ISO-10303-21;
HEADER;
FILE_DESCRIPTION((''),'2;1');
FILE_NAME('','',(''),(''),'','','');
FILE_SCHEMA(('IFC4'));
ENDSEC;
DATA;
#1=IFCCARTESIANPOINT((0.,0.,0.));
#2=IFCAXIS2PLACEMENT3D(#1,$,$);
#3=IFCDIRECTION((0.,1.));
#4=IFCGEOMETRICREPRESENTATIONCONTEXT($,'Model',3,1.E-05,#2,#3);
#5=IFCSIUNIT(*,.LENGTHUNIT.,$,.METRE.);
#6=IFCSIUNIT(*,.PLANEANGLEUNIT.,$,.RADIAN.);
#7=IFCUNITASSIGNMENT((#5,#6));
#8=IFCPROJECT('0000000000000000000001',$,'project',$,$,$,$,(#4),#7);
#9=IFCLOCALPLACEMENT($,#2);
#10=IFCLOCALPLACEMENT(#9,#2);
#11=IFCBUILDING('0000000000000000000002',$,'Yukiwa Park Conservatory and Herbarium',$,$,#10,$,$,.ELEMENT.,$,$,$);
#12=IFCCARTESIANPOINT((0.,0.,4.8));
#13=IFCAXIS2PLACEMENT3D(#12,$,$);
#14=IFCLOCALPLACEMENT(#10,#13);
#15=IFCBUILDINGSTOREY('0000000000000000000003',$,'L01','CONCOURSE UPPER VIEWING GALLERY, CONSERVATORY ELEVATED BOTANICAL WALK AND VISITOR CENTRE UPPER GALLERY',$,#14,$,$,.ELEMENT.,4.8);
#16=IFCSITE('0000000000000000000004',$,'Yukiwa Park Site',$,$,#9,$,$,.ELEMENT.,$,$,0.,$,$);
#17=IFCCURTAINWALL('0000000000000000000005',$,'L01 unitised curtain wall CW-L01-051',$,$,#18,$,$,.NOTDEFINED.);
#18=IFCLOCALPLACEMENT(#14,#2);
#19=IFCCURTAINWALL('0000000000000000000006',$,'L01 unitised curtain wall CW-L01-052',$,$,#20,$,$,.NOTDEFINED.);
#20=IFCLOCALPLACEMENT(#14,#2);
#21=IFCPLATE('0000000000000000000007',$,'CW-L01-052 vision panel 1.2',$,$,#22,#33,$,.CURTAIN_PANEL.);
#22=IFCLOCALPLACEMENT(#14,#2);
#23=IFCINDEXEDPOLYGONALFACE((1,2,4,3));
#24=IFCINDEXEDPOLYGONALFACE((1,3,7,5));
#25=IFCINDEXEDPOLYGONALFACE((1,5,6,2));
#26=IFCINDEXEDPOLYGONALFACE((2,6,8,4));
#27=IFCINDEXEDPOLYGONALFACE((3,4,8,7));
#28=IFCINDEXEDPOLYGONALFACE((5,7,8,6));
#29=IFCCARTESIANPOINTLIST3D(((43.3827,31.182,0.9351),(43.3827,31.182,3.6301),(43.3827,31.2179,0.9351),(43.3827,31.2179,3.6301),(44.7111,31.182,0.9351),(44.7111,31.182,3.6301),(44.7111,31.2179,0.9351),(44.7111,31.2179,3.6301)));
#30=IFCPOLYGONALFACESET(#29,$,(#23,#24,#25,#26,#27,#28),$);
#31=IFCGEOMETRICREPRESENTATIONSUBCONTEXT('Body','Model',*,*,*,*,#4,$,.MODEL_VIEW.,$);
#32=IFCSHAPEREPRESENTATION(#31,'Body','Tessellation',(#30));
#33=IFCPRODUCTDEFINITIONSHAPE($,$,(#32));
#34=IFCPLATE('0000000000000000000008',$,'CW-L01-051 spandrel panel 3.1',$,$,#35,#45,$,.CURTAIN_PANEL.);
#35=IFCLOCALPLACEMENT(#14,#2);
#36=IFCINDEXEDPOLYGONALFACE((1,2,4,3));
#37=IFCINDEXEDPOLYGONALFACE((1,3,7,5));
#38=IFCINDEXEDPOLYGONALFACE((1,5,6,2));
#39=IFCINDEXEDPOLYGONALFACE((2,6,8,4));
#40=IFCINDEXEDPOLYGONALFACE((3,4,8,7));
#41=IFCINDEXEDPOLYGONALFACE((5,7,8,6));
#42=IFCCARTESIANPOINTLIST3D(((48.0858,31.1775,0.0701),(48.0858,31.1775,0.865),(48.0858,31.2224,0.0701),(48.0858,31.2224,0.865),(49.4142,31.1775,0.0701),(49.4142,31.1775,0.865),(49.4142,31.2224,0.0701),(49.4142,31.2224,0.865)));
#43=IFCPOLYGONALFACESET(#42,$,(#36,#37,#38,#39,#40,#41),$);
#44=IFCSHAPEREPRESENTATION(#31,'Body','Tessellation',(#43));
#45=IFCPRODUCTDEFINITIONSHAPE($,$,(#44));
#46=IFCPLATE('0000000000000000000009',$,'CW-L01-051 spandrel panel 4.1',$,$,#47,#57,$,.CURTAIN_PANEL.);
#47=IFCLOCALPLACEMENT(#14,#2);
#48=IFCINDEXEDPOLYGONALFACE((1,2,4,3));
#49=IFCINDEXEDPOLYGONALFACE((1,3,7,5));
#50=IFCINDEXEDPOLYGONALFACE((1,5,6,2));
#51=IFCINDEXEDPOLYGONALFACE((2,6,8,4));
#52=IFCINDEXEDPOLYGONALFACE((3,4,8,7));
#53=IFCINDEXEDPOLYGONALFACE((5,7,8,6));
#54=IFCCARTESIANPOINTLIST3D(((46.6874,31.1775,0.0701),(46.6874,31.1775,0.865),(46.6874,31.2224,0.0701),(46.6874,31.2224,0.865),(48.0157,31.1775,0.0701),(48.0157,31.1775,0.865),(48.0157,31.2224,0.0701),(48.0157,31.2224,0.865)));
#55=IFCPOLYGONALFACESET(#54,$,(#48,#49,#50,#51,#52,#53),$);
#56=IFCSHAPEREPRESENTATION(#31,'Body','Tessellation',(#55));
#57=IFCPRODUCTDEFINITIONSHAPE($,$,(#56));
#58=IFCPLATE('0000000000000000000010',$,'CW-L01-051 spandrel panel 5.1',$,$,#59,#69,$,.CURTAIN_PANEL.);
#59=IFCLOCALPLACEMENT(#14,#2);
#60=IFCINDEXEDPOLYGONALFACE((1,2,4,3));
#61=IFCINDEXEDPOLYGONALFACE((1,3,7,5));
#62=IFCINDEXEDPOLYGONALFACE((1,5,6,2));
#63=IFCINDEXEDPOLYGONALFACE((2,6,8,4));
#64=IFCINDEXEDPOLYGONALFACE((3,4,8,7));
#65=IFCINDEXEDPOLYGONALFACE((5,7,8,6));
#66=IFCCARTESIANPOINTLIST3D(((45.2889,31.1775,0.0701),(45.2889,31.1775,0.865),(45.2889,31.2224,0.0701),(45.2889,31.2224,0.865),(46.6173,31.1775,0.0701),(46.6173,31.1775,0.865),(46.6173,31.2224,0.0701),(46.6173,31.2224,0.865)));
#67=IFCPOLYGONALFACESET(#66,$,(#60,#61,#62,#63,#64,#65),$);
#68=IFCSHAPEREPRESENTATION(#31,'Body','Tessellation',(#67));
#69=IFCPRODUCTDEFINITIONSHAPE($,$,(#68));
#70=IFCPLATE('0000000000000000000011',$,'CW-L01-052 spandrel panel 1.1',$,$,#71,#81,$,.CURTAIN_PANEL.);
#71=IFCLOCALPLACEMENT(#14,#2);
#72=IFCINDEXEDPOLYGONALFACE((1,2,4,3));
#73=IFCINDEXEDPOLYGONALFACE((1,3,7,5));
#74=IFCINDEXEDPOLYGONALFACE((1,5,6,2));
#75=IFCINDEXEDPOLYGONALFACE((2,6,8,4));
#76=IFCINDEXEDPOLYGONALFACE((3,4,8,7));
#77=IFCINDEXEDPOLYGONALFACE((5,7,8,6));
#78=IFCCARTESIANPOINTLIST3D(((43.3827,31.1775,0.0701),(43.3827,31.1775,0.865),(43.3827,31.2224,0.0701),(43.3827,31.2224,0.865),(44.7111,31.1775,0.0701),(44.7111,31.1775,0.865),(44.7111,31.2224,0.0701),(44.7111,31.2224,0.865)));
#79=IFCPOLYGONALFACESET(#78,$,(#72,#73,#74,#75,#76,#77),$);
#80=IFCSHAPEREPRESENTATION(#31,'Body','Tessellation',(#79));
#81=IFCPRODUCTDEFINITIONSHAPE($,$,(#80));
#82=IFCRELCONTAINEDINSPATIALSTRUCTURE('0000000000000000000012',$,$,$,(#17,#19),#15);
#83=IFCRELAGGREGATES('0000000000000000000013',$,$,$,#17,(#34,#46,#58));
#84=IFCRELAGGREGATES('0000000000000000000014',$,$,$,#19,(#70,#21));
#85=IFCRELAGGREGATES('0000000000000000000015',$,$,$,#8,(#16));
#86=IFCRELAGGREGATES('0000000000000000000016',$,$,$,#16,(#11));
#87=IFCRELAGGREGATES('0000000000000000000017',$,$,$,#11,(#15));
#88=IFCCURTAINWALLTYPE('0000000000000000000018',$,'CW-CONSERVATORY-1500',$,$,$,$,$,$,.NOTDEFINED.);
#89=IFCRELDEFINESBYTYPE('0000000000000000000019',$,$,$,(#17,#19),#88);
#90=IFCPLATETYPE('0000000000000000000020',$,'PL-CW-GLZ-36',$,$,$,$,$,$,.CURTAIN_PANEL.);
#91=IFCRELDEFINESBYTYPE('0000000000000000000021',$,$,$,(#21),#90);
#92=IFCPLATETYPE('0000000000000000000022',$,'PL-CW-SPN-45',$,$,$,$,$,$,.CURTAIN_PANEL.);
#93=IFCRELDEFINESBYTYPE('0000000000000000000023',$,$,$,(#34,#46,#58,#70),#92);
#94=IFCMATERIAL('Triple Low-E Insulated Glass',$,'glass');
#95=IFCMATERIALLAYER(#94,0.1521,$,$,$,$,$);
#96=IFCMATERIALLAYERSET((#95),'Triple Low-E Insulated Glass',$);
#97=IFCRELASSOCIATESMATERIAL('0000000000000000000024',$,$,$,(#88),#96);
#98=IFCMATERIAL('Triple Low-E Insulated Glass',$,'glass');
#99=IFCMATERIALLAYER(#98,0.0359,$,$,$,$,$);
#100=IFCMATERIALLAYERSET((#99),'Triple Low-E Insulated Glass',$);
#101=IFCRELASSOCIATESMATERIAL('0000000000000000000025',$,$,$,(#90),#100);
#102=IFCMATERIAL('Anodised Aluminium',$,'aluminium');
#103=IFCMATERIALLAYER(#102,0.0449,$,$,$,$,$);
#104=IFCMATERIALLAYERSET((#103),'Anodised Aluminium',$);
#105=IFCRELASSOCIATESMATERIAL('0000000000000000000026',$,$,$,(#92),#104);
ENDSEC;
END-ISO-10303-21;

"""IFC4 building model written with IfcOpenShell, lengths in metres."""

from ifc_helpers import new_model, si_unit, direction, frame, origin, origin_2d, place, context, subcontext, project, spatial, rectangle, extrude, material, layer, layer_set, type_object, element, aggregate, save


model = new_model("IFC4")

# Units and contexts
model_context = context("Model", 3, precision=1e-05, world=origin(), true_north=direction((0.0, 1.0)))
body_context = subcontext(model_context, "Body", "Model", "MODEL_VIEW")
ifc_project = project(units=[si_unit("LENGTHUNIT", "METRE"), si_unit("PLANEANGLEUNIT", "RADIAN")], contexts=[model_context])

# Site, building, storey
site_placement = place(None, origin())
site = spatial("IfcSite", under=ifc_project, at=site_placement, Name="Yukiwa Park Site", CompositionType="ELEMENT", RefElevation=0.0)
building_placement = place(site_placement, origin())
building = spatial("IfcBuilding", under=site, at=building_placement, Name="Yukiwa Park Conservatory and Herbarium", CompositionType="ELEMENT")
storey_placement = place(building_placement, frame((0.0, 0.0, 4.8)))
storey = spatial("IfcBuildingStorey", under=building, at=storey_placement, Name="L01", Description="CONCOURSE UPPER VIEWING GALLERY, CONSERVATORY ELEVATED BOTANICAL WALK AND VISITOR CENTRE UPPER GALLERY", CompositionType="ELEMENT", Elevation=4.8)

# Curtain walls
ifc_material_1 = material(Name="Triple Low-E Insulated Glass", Category="glass")
ifc_layer_1 = layer(ifc_material_1, 0.1521)
ifc_layer_set_1 = layer_set([ifc_layer_1], Name="Triple Low-E Insulated Glass")
curtain_wall_type = type_object("IfcCurtainWallType", Name="CW-CONSERVATORY-1500", PredefinedType="NOTDEFINED", material=ifc_layer_set_1)
curtain_wall_1_placement = place(storey_placement, origin())
curtain_wall_1 = element("IfcCurtainWall", 1, at=curtain_wall_1_placement, inside=storey, type_object=curtain_wall_type, Name="L01 unitised curtain wall CW-L01-051", PredefinedType="NOTDEFINED")
curtain_wall_2_placement = place(storey_placement, origin())
curtain_wall_2 = element("IfcCurtainWall", 2, at=curtain_wall_2_placement, inside=storey, type_object=curtain_wall_type, Name="L01 unitised curtain wall CW-L01-052", PredefinedType="NOTDEFINED")

# Plates
ifc_material_2 = material(Name="Triple Low-E Insulated Glass", Category="glass")
ifc_layer_2 = layer(ifc_material_2, 0.0359)
ifc_layer_set_2 = layer_set([ifc_layer_2], Name="Triple Low-E Insulated Glass")
plate_type_1 = type_object("IfcPlateType", Name="PL-CW-GLZ-36", PredefinedType="CURTAIN_PANEL", material=ifc_layer_set_2)
plate_1_placement = place(storey_placement, frame((44.0469, 31.2, 0.9351), z_axis=(0.0, 0.0, 1.0), x_axis=(-1.0, 0.0, 0.0)))
plate_1 = element("IfcPlate", 3, at=plate_1_placement, type_object=plate_type_1, Name="CW-L01-052 vision panel 1.2", PredefinedType="CURTAIN_PANEL", context=body_context, shape_type="SweptSolid", body=[
    extrude(rectangle(XDim=1.3284, YDim=0.0359, at=origin_2d()), origin(), (0.0, 0.0, 1.0), 2.6951),
])
ifc_material_3 = material(Name="Anodised Aluminium", Category="aluminium")
ifc_layer_3 = layer(ifc_material_3, 0.0449)
ifc_layer_set_3 = layer_set([ifc_layer_3], Name="Anodised Aluminium")
plate_type_2 = type_object("IfcPlateType", Name="PL-CW-SPN-45", PredefinedType="CURTAIN_PANEL", material=ifc_layer_set_3)
plate_2_placement = place(storey_placement, frame((48.75, 31.2, 0.0701), z_axis=(0.0, 0.0, 1.0), x_axis=(-1.0, 0.0, 0.0)))
plate_2 = element("IfcPlate", 4, at=plate_2_placement, type_object=plate_type_2, Name="CW-L01-051 spandrel panel 3.1", PredefinedType="CURTAIN_PANEL", context=body_context, shape_type="SweptSolid", body=[
    extrude(rectangle(XDim=1.3284, YDim=0.0449, at=origin_2d()), origin(), (0.0, 0.0, 1.0), 0.7949),
])
plate_3_placement = place(storey_placement, frame((47.3516, 31.2, 0.0701), z_axis=(0.0, 0.0, 1.0), x_axis=(-1.0, 0.0, 0.0)))
plate_3 = element("IfcPlate", 5, at=plate_3_placement, type_object=plate_type_2, Name="CW-L01-051 spandrel panel 4.1", PredefinedType="CURTAIN_PANEL", context=body_context, shape_type="SweptSolid", body=[
    extrude(rectangle(XDim=1.3284, YDim=0.0449, at=origin_2d()), origin(), (0.0, 0.0, 1.0), 0.7949),
])
plate_4_placement = place(storey_placement, frame((45.9531, 31.2, 0.0701), z_axis=(0.0, 0.0, 1.0), x_axis=(-1.0, 0.0, 0.0)))
plate_4 = element("IfcPlate", 6, at=plate_4_placement, type_object=plate_type_2, Name="CW-L01-051 spandrel panel 5.1", PredefinedType="CURTAIN_PANEL", context=body_context, shape_type="SweptSolid", body=[
    extrude(rectangle(XDim=1.3284, YDim=0.0449, at=origin_2d()), origin(), (0.0, 0.0, 1.0), 0.7949),
])
aggregate(curtain_wall_1, [plate_2, plate_3, plate_4])
plate_5_placement = place(storey_placement, frame((44.0469, 31.2, 0.0701), z_axis=(0.0, 0.0, 1.0), x_axis=(-1.0, 0.0, 0.0)))
plate_5 = element("IfcPlate", 7, at=plate_5_placement, type_object=plate_type_2, Name="CW-L01-052 spandrel panel 1.1", PredefinedType="CURTAIN_PANEL", context=body_context, shape_type="SweptSolid", body=[
    extrude(rectangle(XDim=1.3284, YDim=0.0449, at=origin_2d()), origin(), (0.0, 0.0, 1.0), 0.7949),
])
aggregate(curtain_wall_2, [plate_5, plate_1])

save(model, "model.ifc")
